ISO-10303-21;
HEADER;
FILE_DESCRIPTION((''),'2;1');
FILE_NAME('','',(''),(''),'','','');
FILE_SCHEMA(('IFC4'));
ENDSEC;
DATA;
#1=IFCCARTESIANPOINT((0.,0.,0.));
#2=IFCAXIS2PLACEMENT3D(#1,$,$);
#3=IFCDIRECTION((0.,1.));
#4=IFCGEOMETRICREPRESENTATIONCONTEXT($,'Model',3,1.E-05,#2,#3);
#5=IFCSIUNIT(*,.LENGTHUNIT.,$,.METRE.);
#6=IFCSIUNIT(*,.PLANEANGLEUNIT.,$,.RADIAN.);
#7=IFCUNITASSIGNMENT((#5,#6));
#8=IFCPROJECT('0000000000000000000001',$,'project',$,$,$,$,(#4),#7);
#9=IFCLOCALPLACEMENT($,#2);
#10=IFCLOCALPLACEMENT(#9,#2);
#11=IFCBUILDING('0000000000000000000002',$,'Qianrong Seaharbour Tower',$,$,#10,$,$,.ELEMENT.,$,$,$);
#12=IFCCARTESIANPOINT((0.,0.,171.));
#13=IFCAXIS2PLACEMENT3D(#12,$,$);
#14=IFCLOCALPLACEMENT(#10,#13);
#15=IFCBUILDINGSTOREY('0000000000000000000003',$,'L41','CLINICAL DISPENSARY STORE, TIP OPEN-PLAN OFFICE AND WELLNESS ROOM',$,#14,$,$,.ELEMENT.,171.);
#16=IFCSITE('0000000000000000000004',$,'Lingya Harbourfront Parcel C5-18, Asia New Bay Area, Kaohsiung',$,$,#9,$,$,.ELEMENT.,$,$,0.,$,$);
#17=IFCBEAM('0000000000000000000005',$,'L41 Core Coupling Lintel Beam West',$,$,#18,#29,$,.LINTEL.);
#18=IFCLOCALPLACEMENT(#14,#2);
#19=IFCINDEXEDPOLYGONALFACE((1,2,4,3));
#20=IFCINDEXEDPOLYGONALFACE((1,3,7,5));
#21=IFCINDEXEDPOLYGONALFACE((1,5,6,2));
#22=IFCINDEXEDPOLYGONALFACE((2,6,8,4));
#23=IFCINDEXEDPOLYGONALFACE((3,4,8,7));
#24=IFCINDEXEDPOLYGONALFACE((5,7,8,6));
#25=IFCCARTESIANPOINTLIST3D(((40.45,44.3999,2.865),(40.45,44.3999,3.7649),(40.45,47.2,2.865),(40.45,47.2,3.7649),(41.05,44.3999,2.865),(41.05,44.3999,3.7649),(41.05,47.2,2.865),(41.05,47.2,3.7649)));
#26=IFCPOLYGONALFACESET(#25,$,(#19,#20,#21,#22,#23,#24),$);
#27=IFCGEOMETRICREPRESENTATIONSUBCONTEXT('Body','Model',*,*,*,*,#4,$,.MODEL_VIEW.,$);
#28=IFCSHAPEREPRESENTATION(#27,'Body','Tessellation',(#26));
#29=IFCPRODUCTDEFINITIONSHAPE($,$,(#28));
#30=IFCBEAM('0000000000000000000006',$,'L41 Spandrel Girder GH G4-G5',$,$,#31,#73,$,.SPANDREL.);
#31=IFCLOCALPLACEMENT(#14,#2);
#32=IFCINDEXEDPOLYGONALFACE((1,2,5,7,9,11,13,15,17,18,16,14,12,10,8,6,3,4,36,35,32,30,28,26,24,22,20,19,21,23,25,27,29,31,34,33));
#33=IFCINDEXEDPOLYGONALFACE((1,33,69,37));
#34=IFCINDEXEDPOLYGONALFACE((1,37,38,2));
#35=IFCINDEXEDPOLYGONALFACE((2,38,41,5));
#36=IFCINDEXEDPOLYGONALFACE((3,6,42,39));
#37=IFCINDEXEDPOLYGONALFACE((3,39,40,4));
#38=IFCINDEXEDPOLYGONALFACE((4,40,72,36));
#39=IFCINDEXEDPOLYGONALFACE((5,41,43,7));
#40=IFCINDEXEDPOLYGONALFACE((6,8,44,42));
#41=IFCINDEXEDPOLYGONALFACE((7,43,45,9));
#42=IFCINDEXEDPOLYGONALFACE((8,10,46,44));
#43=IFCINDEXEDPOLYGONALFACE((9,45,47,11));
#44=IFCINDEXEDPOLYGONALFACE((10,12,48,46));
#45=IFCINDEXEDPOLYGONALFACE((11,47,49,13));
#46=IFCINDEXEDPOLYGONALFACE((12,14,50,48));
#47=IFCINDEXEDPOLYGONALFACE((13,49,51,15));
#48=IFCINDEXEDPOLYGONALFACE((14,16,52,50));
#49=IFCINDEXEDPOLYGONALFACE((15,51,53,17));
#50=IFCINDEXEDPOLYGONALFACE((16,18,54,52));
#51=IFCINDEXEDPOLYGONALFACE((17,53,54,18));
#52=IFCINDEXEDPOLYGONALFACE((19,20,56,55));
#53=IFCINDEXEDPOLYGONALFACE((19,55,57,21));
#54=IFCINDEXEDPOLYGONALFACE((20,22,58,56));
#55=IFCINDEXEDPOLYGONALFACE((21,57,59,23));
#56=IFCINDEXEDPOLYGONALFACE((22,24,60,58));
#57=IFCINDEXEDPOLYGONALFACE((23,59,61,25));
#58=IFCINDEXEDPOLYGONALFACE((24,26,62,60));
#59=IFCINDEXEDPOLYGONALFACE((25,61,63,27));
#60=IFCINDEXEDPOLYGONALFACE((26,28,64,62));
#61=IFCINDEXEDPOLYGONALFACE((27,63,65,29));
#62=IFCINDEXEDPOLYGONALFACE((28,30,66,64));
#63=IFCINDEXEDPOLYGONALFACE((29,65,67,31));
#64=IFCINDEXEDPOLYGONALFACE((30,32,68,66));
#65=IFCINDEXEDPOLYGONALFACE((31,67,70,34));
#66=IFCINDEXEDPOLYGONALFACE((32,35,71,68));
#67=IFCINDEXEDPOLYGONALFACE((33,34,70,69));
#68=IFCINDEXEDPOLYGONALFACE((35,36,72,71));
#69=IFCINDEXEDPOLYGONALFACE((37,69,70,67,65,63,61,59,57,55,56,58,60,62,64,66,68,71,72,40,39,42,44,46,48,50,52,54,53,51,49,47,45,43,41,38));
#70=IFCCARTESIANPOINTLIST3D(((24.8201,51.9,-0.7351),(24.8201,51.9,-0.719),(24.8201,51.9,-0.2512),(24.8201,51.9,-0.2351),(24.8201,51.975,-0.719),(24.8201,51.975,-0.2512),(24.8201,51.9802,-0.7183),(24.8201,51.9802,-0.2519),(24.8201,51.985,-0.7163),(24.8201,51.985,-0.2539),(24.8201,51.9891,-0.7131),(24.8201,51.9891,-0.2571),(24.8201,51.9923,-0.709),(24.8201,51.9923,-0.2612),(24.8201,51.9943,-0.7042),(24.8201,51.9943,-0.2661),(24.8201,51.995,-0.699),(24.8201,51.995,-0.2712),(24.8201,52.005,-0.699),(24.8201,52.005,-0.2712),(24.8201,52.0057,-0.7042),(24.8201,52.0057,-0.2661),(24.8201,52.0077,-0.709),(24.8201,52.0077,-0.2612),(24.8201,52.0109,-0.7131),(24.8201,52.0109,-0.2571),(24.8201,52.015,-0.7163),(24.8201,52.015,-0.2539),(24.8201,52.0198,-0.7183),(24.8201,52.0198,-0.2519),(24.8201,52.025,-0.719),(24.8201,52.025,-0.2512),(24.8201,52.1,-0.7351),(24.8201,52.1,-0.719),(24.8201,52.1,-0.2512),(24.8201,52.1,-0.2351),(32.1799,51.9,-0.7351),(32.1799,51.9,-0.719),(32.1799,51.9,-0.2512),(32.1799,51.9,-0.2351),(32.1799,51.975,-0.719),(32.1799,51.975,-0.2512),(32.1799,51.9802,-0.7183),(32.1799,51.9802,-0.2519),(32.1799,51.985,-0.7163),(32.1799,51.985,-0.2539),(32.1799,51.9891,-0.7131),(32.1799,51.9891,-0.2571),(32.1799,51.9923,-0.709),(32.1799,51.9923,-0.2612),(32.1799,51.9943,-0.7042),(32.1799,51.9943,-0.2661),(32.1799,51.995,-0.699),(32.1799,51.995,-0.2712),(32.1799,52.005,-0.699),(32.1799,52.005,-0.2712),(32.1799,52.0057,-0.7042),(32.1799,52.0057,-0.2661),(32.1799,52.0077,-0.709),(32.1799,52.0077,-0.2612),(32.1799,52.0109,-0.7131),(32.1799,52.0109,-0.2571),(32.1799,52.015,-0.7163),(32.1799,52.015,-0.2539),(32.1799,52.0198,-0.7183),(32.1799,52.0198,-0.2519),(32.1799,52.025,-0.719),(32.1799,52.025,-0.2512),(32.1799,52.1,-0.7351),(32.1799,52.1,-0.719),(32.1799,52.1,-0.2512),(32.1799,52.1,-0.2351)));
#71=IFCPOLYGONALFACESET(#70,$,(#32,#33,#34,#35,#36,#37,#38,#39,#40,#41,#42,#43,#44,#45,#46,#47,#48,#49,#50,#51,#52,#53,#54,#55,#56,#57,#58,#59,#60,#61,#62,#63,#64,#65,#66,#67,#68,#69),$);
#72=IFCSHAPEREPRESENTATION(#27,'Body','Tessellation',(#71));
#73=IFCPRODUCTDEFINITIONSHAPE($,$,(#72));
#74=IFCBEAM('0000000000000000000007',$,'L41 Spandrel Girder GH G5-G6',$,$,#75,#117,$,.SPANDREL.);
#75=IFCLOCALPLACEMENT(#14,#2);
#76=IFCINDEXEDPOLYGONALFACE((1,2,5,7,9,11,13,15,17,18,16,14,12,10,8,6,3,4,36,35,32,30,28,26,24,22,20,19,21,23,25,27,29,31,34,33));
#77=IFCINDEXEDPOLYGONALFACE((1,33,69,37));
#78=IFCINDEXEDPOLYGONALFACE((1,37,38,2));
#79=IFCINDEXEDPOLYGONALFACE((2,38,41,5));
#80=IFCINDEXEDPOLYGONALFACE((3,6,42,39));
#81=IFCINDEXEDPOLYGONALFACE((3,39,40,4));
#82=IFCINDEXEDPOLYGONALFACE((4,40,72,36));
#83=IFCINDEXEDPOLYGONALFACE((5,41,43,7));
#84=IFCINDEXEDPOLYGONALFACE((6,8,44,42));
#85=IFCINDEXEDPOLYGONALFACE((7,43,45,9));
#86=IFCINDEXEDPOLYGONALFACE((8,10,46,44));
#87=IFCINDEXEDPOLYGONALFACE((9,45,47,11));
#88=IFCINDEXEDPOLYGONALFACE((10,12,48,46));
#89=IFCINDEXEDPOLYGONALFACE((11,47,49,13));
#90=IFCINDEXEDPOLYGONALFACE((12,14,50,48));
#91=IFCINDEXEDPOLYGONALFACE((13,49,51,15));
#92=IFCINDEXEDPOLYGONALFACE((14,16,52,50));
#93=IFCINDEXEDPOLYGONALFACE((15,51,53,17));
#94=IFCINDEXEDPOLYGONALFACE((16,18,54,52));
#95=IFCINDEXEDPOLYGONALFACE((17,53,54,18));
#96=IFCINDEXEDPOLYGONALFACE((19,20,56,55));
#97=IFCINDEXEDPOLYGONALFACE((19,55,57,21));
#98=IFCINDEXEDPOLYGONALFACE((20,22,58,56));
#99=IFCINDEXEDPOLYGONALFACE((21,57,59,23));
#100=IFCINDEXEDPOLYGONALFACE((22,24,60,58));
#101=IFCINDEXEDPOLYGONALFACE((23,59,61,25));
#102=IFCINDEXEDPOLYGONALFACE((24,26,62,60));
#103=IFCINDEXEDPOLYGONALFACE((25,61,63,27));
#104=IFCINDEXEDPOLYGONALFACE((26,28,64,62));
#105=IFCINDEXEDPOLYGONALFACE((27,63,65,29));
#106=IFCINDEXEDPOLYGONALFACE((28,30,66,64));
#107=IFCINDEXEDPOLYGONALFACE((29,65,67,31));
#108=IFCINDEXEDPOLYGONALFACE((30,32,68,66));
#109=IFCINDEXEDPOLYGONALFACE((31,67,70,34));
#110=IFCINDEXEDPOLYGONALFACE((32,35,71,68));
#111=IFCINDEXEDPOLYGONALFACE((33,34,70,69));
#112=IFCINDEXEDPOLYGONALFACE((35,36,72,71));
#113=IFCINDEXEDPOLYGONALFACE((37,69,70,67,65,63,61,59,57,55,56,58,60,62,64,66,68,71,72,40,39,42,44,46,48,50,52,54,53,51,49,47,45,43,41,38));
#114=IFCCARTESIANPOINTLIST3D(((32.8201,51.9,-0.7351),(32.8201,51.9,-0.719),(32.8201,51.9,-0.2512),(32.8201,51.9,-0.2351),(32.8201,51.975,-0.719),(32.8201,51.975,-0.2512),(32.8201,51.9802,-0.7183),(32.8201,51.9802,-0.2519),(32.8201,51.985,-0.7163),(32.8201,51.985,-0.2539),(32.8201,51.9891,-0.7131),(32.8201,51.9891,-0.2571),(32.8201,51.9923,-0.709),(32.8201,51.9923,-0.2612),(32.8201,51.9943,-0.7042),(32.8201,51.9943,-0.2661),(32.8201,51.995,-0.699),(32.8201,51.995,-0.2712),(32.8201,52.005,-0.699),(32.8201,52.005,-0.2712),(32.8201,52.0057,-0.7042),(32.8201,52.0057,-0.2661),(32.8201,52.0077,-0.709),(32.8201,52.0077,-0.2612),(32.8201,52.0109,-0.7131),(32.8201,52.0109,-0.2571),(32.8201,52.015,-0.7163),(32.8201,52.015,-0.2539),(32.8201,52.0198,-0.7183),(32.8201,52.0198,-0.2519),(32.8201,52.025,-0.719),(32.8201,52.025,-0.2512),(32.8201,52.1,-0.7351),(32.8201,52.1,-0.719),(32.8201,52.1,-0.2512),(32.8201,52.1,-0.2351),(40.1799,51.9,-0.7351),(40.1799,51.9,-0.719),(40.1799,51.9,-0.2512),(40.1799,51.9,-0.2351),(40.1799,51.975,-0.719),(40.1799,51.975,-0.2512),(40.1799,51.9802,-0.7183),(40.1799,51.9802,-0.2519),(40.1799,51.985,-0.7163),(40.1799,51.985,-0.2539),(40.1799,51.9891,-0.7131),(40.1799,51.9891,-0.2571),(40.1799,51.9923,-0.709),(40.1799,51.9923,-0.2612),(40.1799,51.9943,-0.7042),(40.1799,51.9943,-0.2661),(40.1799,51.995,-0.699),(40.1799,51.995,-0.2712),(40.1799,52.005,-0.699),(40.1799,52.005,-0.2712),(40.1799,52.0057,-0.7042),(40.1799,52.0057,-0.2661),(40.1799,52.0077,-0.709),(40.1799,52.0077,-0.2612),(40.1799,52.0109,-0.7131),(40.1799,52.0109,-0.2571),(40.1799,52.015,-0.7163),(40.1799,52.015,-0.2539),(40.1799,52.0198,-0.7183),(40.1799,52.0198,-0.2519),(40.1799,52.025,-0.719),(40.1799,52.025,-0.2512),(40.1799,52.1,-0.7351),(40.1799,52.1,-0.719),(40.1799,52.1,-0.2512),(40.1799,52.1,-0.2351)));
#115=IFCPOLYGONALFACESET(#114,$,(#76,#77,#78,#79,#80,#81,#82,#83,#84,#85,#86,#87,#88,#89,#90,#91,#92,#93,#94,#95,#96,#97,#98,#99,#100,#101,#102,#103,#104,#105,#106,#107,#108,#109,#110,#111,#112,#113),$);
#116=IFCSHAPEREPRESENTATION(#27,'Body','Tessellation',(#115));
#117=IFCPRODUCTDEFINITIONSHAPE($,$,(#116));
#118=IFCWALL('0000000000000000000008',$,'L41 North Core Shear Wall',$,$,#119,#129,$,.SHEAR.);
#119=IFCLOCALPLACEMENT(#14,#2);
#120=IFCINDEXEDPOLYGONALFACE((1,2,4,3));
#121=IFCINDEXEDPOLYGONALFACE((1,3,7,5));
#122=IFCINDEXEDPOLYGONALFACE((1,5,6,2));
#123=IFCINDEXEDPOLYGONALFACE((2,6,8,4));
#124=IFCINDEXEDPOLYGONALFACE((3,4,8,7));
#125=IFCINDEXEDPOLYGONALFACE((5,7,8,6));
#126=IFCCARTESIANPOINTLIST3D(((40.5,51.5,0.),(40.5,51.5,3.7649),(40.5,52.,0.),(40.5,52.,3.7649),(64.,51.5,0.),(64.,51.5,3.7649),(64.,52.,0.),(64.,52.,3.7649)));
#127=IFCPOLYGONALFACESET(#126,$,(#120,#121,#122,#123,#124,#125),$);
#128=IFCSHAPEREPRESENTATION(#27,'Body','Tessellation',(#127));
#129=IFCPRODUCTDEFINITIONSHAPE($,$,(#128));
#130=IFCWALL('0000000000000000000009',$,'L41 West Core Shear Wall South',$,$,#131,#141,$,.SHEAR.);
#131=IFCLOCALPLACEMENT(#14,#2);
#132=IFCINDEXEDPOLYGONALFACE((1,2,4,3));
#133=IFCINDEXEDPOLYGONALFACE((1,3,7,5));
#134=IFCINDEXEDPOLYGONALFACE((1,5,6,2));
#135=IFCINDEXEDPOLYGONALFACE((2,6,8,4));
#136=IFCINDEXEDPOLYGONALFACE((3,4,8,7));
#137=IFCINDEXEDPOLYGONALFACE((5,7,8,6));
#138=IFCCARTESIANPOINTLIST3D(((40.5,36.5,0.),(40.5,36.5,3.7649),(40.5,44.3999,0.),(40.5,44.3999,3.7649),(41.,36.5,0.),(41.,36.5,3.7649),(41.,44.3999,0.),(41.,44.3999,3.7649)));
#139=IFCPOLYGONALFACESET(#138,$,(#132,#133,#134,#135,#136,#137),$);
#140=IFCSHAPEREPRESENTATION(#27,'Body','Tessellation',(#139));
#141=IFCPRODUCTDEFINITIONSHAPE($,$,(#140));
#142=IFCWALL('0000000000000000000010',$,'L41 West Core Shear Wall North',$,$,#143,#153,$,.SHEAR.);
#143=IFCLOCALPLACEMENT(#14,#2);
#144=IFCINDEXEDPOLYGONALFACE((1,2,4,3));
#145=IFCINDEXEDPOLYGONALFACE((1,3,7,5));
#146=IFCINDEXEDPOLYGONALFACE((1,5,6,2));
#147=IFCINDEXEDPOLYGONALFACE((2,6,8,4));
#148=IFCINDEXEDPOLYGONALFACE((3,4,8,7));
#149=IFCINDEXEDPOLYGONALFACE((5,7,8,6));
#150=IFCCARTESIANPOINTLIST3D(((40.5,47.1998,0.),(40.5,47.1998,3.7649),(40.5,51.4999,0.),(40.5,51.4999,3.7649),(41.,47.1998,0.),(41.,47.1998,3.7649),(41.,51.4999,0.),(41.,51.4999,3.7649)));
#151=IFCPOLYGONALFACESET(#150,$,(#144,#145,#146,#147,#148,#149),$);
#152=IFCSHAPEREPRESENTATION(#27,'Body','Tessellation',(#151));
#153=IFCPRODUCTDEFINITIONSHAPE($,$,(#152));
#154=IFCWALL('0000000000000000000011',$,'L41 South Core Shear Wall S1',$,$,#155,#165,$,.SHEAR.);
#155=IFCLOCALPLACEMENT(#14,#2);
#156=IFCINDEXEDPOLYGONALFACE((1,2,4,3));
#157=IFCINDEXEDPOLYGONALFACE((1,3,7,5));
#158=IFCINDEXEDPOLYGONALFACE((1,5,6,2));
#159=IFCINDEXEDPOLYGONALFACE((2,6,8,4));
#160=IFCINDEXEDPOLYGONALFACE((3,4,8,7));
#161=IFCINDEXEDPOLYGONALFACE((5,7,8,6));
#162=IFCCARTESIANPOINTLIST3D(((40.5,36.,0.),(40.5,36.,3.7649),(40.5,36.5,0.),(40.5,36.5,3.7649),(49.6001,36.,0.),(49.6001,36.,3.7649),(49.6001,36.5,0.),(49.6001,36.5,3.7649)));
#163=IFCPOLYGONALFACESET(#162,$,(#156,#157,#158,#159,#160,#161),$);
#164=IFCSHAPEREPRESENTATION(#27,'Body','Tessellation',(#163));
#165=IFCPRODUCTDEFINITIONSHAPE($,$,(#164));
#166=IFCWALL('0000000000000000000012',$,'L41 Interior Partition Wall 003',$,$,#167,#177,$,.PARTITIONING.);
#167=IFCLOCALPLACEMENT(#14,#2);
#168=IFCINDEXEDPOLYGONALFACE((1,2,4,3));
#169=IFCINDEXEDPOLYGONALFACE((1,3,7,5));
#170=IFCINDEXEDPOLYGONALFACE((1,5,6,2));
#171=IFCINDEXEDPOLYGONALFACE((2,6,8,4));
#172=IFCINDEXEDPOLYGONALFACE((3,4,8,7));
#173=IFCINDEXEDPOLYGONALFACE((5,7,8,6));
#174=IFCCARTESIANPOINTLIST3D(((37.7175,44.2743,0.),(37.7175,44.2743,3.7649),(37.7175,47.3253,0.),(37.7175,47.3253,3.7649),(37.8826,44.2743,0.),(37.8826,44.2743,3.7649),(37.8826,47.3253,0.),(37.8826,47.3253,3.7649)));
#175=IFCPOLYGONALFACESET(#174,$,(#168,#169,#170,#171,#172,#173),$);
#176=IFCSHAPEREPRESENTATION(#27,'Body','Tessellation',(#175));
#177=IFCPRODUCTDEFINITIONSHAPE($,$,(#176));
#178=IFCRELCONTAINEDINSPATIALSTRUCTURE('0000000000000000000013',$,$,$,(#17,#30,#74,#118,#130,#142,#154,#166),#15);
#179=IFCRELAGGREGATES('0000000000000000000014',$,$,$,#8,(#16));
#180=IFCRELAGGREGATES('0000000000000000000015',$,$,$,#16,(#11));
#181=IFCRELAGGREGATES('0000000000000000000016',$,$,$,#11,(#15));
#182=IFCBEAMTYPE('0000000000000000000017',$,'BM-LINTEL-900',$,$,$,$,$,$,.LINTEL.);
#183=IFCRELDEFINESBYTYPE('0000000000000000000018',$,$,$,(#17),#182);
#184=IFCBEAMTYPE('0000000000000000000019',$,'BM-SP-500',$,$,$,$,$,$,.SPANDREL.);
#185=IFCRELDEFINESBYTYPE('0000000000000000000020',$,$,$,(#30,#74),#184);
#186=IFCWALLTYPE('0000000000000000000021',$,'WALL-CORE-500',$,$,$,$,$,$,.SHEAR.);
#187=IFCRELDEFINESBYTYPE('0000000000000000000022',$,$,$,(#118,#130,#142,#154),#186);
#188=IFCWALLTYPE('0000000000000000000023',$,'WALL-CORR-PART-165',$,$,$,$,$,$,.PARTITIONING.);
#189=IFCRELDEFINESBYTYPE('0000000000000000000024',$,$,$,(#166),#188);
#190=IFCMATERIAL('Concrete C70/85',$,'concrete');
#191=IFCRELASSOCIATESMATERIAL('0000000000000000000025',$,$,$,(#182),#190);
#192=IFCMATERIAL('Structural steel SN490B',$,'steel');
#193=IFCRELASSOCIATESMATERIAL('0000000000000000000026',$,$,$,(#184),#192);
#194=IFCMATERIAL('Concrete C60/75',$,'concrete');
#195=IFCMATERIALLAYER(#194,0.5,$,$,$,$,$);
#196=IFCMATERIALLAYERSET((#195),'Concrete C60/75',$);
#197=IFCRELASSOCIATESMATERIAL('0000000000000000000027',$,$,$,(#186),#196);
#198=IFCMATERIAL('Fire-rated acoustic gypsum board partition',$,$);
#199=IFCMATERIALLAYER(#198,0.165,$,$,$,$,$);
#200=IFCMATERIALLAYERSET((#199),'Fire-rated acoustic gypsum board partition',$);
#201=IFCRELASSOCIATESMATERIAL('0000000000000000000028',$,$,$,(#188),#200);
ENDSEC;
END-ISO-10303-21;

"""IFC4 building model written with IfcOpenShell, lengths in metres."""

from ifc_helpers import new_model, si_unit, direction, frame, frame_2d, origin, origin_2d, place, context, subcontext, project, spatial, rectangle, i_section, extrude, material, layer, layer_set, material_profile, profile_set, type_object, element, save


model = new_model("IFC4")

# Units and contexts
model_context = context("Model", 3, precision=1e-05, world=origin(), true_north=direction((0.0, 1.0)))
body_context = subcontext(model_context, "Body", "Model", "MODEL_VIEW")
ifc_project = project(units=[si_unit("LENGTHUNIT", "METRE"), si_unit("PLANEANGLEUNIT", "RADIAN")], contexts=[model_context])

# Site, building, storey
site_placement = place(None, origin())
site = spatial("IfcSite", under=ifc_project, at=site_placement, Name="Lingya Harbourfront Parcel C5-18, Asia New Bay Area, Kaohsiung", CompositionType="ELEMENT", RefElevation=0.0)
building_placement = place(site_placement, origin())
building = spatial("IfcBuilding", under=site, at=building_placement, Name="Qianrong Seaharbour Tower", CompositionType="ELEMENT")
storey_placement = place(building_placement, frame((0.0, 0.0, 171.0)))
storey = spatial("IfcBuildingStorey", under=building, at=storey_placement, Name="L41", Description="CLINICAL DISPENSARY STORE, TIP OPEN-PLAN OFFICE AND WELLNESS ROOM", CompositionType="ELEMENT", Elevation=171.0)

# Shared definitions
ifc_material_1 = material(Name="Structural steel SN490B", Category="steel")

# Beams
ifc_material_2 = material(Name="Concrete C70/85", Category="concrete")
ifc_material_profile_1 = material_profile(ifc_material_2, rectangle(XDim=0.6001, YDim=0.8999, at=origin_2d()), Name="RC600x900")
ifc_profile_set_1 = profile_set([ifc_material_profile_1], Name="Concrete C70/85")
beam_type_1 = type_object("IfcBeamType", Name="BM-LINTEL-900", PredefinedType="LINTEL", material=ifc_profile_set_1)
beam_1_placement = place(storey_placement, frame((40.75, 44.3999, 3.3149), z_axis=(0.0, 1.0, 0.0), x_axis=(-1.0, 0.0, 0.0)))
element("IfcBeam", 1, at=beam_1_placement, inside=storey, type_object=beam_type_1, Name="L41 Core Coupling Lintel Beam West", PredefinedType="LINTEL", context=body_context, shape_type="SweptSolid", body=[
    extrude(rectangle(XDim=0.6001, YDim=0.8999, at=origin_2d()), origin(), (0.0, 0.0, 1.0), 2.8),
])
ifc_material_profile_2 = material_profile(ifc_material_1, i_section(OverallWidth=0.2, OverallDepth=0.5, WebThickness=0.01, FlangeThickness=0.0161, FilletRadius=0.02, at=origin_2d()), Name="H500x200x10x16")
ifc_profile_set_2 = profile_set([ifc_material_profile_2], Name="Structural steel SN490B")
beam_type_2 = type_object("IfcBeamType", Name="BM-SP-500", PredefinedType="SPANDREL", material=ifc_profile_set_2)
for number, where, z_axis, x_axis, name in (
    (2, (24.8201, 52.0, -0.4851), (1.0, 0.0, 0.0), (0.0, 1.0, 0.0), "L41 Spandrel Girder GH G4-G5"),
    (3, (32.8201, 52.0, -0.4851), (1.0, 0.0, 0.0), (0.0, 1.0, 0.0), "L41 Spandrel Girder GH G5-G6"),
):
    element("IfcBeam", number, at=place(storey_placement, frame(where, z_axis=z_axis, x_axis=x_axis)), inside=storey, type_object=beam_type_2, Name=name, PredefinedType="SPANDREL", context=body_context, shape_type="SweptSolid", body=[
        extrude(i_section(OverallWidth=0.2, OverallDepth=0.5, WebThickness=0.01, FlangeThickness=0.0161, FilletRadius=0.02, at=origin_2d()), origin(), (0.0, 0.0, 1.0), 7.3599),
    ])

# Walls
ifc_material_3 = material(Name="Concrete C60/75", Category="concrete")
ifc_layer_1 = layer(ifc_material_3, 0.5)
ifc_layer_set_1 = layer_set([ifc_layer_1], Name="Concrete C60/75")
wall_type_1 = type_object("IfcWallType", Name="WALL-CORE-500", PredefinedType="SHEAR", material=ifc_layer_set_1)
wall_1_placement = place(storey_placement, frame((40.5, 51.75, 0.0), z_axis=(0.0, 0.0, 1.0), x_axis=(1.0, 0.0, 0.0)))
element("IfcWall", 4, at=wall_1_placement, inside=storey, type_object=wall_type_1, Name="L41 North Core Shear Wall", PredefinedType="SHEAR", context=body_context, shape_type="SweptSolid", body=[
    extrude(rectangle(XDim=23.5, YDim=0.5, at=frame_2d((11.75, 0.0))), origin(), (0.0, 0.0, 1.0), 3.7649),
])
wall_2_placement = place(storey_placement, frame((40.75, 36.5, 0.0), z_axis=(0.0, 0.0, 1.0), x_axis=(0.0, 1.0, 0.0)))
element("IfcWall", 5, at=wall_2_placement, inside=storey, type_object=wall_type_1, Name="L41 West Core Shear Wall South", PredefinedType="SHEAR", context=body_context, shape_type="SweptSolid", body=[
    extrude(rectangle(XDim=7.8999, YDim=0.5, at=frame_2d((3.95, 0.0))), origin(), (0.0, 0.0, 1.0), 3.7649),
])
wall_3_placement = place(storey_placement, frame((40.75, 47.2, 0.0), z_axis=(0.0, 0.0, 1.0), x_axis=(0.0, 1.0, 0.0)))
element("IfcWall", 6, at=wall_3_placement, inside=storey, type_object=wall_type_1, Name="L41 West Core Shear Wall North", PredefinedType="SHEAR", context=body_context, shape_type="SweptSolid", body=[
    extrude(rectangle(XDim=4.3, YDim=0.5, at=frame_2d((2.1499, 0.0))), origin(), (0.0, 0.0, 1.0), 3.7649),
])
wall_4_placement = place(storey_placement, frame((40.5, 36.25, 0.0), z_axis=(0.0, 0.0, 1.0), x_axis=(1.0, 0.0, 0.0)))
element("IfcWall", 7, at=wall_4_placement, inside=storey, type_object=wall_type_1, Name="L41 South Core Shear Wall S1", PredefinedType="SHEAR", context=body_context, shape_type="SweptSolid", body=[
    extrude(rectangle(XDim=9.1001, YDim=0.5, at=frame_2d((4.55, 0.0))), origin(), (0.0, 0.0, 1.0), 3.7649),
])

# Shared definitions
ifc_material_4 = material(Name="Fire-rated acoustic gypsum board partition")
ifc_layer_2 = layer(ifc_material_4, 0.165)
ifc_layer_set_2 = layer_set([ifc_layer_2], Name="Fire-rated acoustic gypsum board partition")
wall_type_2 = type_object("IfcWallType", Name="WALL-CORR-PART-165", PredefinedType="PARTITIONING", material=ifc_layer_set_2)

# Wall
wall_5_placement = place(storey_placement, frame((37.8, 44.2744, 0.0), z_axis=(0.0, 0.0, 1.0), x_axis=(0.0, 1.0, 0.0)))
element("IfcWall", 8, at=wall_5_placement, inside=storey, type_object=wall_type_2, Name="L41 Interior Partition Wall 003", PredefinedType="PARTITIONING", context=body_context, shape_type="SweptSolid", body=[
    extrude(rectangle(XDim=3.051, YDim=0.165, at=frame_2d((1.5254, 0.0))), origin(), (0.0, 0.0, 1.0), 3.7649),
])

save(model, "model.ifc")
